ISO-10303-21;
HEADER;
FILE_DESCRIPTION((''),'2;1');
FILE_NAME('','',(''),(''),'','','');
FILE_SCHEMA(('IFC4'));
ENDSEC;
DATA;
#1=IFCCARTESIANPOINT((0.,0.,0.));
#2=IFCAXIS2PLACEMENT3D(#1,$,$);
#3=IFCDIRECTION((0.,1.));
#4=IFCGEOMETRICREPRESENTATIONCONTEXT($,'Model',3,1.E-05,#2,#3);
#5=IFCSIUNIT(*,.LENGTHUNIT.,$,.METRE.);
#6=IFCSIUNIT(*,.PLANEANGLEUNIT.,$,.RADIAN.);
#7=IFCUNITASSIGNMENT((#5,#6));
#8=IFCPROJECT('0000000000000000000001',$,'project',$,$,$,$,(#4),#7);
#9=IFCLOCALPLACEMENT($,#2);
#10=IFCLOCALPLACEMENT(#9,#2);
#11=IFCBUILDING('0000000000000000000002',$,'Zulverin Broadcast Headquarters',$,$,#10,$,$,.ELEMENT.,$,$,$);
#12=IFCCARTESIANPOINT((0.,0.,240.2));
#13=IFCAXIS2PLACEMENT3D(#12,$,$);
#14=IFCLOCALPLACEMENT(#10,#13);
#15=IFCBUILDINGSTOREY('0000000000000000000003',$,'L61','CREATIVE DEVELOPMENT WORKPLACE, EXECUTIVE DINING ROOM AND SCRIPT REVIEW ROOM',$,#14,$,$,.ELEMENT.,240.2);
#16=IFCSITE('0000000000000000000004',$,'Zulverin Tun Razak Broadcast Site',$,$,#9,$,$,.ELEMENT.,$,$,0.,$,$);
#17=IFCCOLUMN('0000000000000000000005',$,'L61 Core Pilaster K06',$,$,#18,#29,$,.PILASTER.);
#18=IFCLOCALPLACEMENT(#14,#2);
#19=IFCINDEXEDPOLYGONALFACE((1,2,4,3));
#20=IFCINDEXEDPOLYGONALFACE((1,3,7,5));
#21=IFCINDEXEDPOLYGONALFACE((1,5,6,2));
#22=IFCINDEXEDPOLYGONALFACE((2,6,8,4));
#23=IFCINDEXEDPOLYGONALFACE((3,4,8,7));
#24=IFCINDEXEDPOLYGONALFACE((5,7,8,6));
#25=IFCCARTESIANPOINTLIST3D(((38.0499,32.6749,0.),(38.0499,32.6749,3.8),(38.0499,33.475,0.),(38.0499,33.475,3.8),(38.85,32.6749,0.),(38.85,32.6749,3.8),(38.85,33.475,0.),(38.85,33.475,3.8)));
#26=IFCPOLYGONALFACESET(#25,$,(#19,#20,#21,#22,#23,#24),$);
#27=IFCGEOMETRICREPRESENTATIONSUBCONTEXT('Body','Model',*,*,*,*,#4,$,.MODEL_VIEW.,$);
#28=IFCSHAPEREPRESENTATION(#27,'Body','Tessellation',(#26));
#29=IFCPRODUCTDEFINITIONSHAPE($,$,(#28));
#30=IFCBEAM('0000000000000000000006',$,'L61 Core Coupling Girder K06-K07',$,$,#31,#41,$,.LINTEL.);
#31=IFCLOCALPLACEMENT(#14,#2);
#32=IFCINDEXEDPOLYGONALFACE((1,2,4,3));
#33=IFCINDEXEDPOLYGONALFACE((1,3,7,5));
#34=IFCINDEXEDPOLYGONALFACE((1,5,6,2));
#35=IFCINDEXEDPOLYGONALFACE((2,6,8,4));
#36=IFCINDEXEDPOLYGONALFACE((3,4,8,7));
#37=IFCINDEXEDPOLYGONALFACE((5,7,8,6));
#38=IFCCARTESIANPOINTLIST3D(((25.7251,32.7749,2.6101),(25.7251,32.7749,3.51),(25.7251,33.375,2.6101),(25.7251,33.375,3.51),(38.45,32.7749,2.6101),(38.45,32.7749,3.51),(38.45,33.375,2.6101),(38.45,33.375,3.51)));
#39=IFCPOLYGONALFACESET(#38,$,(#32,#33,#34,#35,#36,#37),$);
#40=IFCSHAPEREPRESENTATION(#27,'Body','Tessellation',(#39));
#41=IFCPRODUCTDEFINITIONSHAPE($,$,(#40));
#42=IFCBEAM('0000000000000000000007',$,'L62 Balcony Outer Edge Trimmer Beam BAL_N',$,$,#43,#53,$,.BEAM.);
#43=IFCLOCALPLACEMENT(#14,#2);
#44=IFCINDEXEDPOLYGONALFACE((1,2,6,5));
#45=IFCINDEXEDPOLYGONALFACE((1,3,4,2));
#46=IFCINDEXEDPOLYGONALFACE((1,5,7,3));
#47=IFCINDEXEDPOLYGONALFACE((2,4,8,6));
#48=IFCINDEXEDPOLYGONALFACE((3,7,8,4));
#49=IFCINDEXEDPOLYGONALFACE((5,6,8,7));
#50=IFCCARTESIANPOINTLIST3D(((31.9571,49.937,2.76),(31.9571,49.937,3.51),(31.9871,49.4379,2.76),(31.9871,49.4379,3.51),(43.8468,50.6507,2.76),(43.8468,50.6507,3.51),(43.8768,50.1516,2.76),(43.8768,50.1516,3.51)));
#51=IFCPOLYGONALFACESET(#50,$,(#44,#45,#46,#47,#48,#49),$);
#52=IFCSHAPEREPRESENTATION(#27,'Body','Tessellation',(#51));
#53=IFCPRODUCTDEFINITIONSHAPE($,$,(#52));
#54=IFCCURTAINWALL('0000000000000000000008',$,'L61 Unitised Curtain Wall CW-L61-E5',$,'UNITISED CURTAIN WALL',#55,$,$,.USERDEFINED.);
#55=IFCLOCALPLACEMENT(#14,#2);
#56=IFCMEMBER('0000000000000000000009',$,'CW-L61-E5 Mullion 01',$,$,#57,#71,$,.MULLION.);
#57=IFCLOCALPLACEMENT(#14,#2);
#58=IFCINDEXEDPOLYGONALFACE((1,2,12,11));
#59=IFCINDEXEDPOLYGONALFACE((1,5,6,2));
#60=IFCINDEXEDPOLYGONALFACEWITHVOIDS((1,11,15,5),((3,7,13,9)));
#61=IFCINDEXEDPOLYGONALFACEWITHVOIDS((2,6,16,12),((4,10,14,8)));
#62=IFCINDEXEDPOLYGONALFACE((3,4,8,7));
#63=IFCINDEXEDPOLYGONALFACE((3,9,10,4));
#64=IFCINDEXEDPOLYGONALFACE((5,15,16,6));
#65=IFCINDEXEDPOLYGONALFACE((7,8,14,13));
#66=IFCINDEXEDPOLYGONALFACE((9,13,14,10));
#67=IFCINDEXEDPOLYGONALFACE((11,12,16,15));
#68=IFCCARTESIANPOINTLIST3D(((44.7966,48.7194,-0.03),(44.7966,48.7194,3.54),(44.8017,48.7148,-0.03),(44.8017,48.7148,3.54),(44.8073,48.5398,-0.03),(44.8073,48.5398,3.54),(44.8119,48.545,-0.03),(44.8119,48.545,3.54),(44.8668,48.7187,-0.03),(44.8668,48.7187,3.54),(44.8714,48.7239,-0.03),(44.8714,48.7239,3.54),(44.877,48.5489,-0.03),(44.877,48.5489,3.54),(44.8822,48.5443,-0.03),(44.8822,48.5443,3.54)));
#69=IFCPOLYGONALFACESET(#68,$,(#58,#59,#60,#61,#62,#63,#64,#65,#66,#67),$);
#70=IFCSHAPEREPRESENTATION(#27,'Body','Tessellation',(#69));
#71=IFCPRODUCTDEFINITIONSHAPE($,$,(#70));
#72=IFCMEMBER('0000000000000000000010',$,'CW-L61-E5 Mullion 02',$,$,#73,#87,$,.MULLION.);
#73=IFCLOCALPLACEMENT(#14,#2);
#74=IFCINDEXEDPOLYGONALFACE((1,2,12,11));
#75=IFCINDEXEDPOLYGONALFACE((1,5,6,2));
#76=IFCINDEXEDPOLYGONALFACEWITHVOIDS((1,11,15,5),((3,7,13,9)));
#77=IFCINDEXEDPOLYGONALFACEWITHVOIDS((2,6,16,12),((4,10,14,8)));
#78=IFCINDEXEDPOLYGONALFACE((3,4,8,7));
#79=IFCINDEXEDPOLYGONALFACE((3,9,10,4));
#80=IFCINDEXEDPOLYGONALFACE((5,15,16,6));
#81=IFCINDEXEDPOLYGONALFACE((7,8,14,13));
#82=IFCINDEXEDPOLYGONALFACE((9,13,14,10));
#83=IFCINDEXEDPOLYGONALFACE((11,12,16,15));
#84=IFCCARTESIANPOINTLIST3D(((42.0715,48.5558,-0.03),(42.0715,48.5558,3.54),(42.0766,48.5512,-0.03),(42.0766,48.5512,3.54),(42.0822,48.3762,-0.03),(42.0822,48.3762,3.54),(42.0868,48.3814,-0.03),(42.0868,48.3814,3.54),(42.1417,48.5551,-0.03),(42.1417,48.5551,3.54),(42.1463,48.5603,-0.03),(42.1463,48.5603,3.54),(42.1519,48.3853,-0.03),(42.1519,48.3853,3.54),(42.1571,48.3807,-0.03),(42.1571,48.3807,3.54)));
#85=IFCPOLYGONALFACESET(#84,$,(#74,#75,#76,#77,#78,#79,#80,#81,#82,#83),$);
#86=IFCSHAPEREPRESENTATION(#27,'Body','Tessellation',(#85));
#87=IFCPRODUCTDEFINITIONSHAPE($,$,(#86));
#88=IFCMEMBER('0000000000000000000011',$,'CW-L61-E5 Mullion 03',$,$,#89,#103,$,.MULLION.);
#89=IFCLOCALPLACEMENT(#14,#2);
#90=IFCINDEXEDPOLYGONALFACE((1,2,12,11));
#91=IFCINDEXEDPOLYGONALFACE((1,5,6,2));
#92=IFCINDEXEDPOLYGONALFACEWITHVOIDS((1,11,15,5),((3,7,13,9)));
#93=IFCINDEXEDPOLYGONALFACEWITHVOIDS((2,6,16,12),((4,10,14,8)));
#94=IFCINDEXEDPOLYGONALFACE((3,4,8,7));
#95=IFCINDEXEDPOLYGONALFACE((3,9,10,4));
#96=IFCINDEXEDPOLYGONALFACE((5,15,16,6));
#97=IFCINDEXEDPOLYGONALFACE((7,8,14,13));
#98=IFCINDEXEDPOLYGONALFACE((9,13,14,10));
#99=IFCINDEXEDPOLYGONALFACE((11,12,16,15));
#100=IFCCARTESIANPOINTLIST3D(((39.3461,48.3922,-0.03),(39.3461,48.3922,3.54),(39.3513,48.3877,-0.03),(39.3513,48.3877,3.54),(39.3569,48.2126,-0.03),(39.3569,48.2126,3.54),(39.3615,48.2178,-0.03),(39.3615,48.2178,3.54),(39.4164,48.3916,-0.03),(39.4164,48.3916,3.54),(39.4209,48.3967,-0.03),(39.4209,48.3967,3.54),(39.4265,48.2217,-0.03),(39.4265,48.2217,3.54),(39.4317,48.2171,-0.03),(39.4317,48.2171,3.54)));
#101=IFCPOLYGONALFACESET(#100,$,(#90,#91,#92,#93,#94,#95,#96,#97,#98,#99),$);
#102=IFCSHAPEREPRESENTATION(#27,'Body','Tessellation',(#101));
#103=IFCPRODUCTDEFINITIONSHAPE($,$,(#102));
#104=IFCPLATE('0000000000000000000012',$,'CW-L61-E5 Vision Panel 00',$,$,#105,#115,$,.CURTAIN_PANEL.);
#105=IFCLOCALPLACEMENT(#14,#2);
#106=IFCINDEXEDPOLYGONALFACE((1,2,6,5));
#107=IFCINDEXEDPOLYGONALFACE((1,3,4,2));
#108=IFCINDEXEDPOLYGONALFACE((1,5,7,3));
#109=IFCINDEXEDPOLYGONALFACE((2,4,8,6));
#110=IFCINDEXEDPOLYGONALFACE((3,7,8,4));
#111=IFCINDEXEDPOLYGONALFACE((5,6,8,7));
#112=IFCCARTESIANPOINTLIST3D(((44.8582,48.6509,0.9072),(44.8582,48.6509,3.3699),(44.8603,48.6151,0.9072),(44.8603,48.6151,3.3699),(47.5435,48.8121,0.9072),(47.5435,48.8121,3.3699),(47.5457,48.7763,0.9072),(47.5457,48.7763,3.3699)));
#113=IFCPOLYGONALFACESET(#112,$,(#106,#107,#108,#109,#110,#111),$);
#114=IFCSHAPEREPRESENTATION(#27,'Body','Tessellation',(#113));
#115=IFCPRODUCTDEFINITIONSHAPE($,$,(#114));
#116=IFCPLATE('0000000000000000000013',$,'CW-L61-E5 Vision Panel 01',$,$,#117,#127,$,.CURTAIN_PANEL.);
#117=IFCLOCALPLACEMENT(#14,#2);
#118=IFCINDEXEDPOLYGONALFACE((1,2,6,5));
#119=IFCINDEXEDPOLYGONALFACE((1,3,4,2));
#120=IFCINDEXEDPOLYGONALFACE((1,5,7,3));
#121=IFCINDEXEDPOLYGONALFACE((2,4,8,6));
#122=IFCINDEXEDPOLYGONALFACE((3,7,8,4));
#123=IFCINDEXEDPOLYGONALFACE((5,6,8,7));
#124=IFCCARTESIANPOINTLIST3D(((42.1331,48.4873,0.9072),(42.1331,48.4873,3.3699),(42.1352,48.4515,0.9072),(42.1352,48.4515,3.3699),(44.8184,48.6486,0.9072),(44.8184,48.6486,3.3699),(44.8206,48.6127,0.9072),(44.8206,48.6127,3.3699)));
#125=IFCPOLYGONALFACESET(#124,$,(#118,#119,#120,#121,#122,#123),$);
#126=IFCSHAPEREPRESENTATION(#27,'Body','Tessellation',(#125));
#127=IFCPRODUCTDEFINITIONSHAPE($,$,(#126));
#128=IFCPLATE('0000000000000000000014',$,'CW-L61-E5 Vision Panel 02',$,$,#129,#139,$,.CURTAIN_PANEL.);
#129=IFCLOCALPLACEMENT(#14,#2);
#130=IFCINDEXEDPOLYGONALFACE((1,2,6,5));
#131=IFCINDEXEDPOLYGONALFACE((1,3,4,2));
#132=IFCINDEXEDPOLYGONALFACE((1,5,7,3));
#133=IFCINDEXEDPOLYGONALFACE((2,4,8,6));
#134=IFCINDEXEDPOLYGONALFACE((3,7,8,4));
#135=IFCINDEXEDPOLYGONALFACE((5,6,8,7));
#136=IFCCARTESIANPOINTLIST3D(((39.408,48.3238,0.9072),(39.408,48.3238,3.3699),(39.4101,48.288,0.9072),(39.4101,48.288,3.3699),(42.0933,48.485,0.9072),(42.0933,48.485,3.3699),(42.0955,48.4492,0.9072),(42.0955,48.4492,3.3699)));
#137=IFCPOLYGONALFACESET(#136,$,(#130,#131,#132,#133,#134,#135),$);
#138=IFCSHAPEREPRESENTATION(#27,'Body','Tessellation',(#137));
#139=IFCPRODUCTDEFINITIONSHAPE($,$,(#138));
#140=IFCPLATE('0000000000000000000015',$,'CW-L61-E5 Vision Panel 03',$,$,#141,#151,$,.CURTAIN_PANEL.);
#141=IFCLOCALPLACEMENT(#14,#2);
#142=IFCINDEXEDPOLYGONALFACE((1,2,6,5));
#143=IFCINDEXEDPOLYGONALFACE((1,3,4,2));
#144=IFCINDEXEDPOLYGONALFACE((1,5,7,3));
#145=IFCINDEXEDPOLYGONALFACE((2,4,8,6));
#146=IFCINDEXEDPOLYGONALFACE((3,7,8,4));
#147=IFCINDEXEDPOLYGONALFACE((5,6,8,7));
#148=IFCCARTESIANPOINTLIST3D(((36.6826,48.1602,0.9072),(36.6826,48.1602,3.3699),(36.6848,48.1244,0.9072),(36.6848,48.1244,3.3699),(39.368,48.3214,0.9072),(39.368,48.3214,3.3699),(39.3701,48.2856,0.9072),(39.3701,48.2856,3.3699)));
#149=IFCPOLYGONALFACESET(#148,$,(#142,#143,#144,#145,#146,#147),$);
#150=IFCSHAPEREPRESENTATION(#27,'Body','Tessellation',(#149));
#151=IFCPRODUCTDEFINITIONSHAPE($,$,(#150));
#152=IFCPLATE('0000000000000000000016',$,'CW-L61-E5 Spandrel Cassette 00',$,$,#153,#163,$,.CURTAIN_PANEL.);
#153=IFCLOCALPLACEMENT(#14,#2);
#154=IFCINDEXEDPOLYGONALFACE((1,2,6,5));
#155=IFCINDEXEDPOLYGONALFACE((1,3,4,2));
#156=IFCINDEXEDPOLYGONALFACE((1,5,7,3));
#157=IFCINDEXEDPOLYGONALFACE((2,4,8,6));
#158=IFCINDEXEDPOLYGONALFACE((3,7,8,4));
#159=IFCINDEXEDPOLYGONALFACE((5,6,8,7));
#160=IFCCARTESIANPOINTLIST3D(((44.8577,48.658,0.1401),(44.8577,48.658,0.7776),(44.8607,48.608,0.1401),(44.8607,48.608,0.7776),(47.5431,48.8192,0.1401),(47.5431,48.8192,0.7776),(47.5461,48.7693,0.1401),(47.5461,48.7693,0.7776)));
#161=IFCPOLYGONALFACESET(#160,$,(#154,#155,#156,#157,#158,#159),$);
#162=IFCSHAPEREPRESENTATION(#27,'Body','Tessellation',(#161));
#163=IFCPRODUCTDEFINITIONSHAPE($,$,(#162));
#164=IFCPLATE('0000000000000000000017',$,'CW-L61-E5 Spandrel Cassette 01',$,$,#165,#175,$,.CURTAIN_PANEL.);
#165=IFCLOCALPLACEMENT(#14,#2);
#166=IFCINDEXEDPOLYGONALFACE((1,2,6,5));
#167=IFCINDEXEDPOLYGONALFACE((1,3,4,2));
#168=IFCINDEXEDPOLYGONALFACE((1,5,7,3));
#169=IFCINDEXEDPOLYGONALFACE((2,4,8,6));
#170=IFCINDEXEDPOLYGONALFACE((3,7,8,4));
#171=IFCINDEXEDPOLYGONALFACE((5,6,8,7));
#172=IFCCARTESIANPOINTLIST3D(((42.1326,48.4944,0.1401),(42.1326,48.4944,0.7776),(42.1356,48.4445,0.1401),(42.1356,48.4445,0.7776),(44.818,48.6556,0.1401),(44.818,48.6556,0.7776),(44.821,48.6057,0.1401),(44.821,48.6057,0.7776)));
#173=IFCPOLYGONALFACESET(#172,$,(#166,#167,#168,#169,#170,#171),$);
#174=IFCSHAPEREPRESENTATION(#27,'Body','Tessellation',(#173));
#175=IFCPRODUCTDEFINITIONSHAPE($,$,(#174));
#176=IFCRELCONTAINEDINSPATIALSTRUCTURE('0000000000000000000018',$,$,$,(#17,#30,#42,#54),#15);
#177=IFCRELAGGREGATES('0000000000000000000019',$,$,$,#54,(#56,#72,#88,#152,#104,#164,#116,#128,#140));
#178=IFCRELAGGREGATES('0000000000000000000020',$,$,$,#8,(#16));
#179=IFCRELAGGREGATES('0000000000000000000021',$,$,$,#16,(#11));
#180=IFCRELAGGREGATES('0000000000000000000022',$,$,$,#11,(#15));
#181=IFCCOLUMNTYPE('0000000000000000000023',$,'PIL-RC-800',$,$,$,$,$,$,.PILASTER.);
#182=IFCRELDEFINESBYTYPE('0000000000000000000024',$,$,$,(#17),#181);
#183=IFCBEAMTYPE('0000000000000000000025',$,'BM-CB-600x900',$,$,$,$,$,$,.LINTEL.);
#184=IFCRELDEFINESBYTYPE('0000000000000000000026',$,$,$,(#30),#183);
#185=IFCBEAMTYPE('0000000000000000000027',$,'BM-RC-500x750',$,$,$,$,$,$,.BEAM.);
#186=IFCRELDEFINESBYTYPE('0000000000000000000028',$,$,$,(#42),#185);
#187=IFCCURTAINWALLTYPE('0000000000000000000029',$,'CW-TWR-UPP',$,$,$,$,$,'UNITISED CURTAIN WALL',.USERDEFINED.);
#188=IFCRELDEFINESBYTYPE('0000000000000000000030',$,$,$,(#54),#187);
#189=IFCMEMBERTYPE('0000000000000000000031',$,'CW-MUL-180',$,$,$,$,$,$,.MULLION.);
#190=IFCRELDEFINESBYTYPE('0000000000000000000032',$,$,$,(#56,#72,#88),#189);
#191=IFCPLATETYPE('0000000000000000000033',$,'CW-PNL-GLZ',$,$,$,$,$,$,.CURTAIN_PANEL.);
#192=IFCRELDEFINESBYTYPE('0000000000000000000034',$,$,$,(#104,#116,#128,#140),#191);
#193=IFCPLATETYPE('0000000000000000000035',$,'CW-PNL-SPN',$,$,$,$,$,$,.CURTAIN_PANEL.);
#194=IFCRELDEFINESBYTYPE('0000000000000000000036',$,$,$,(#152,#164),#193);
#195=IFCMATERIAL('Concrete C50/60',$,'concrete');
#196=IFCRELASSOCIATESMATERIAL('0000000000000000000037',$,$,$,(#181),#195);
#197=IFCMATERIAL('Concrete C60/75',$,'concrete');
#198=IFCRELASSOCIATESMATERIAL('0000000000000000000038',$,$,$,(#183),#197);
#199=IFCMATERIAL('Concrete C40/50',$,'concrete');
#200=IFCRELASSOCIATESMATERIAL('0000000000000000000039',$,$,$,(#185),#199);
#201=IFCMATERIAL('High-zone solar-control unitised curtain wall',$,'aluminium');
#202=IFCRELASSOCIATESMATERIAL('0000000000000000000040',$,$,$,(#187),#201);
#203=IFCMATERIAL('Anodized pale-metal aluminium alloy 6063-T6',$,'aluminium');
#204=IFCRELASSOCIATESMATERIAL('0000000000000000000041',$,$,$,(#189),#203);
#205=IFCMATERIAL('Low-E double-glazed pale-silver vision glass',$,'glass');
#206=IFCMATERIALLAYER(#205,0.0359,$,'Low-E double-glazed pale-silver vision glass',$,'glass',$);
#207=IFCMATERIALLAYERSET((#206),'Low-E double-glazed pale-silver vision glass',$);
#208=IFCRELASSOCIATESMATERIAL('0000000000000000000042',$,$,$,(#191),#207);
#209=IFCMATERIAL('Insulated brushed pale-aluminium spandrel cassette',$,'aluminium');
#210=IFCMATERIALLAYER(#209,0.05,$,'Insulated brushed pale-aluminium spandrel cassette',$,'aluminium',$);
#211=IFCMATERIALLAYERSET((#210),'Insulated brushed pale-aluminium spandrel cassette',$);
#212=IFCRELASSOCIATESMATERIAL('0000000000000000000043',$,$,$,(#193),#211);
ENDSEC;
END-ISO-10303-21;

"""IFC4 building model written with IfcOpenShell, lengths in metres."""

from ifc_helpers import new_model, si_unit, direction, frame, origin, origin_2d, place, context, subcontext, project, spatial, rectangle, hollow_rectangle, extrude, material, layer, layer_set, material_profile, profile_set, type_object, element, aggregate, save


model = new_model("IFC4")

# Units and contexts
model_context = context("Model", 3, precision=1e-05, world=origin(), true_north=direction((0.0, 1.0)))
body_context = subcontext(model_context, "Body", "Model", "MODEL_VIEW")
ifc_project = project(units=[si_unit("LENGTHUNIT", "METRE"), si_unit("PLANEANGLEUNIT", "RADIAN")], contexts=[model_context])

# Site, building, storey
site_placement = place(None, origin())
site = spatial("IfcSite", under=ifc_project, at=site_placement, Name="Zulverin Tun Razak Broadcast Site", CompositionType="ELEMENT", RefElevation=0.0)
building_placement = place(site_placement, origin())
building = spatial("IfcBuilding", under=site, at=building_placement, Name="Zulverin Broadcast Headquarters", CompositionType="ELEMENT")
storey_placement = place(building_placement, frame((0.0, 0.0, 240.2)))
storey = spatial("IfcBuildingStorey", under=building, at=storey_placement, Name="L61", Description="CREATIVE DEVELOPMENT WORKPLACE, EXECUTIVE DINING ROOM AND SCRIPT REVIEW ROOM", CompositionType="ELEMENT", Elevation=240.2)

# Column
ifc_material_1 = material(Name="Concrete C50/60", Category="concrete")
ifc_material_profile_1 = material_profile(ifc_material_1, rectangle(XDim=0.8, YDim=0.8, at=origin_2d()), Name="Concrete C50/60", Category="concrete")
ifc_profile_set_1 = profile_set([ifc_material_profile_1], Name="Concrete C50/60")
column_type = type_object("IfcColumnType", Name="PIL-RC-800", PredefinedType="PILASTER", material=ifc_profile_set_1)
column_placement = place(storey_placement, frame((38.45, 33.075, 0.0), z_axis=(0.0, 0.0, 1.0), x_axis=(1.0, 0.0, 0.0)))
element("IfcColumn", 1, at=column_placement, inside=storey, type_object=column_type, Name="L61 Core Pilaster K06", PredefinedType="PILASTER", context=body_context, shape_type="SweptSolid", body=[
    extrude(rectangle(XDim=0.8, YDim=0.8, at=origin_2d()), origin(), (0.0, 0.0, 1.0), 3.8),
])

# Beams
ifc_material_2 = material(Name="Concrete C60/75", Category="concrete")
ifc_material_profile_2 = material_profile(ifc_material_2, rectangle(XDim=0.6001, YDim=0.8999, at=origin_2d()), Name="Concrete C60/75", Category="concrete")
ifc_profile_set_2 = profile_set([ifc_material_profile_2], Name="Concrete C60/75")
beam_type_1 = type_object("IfcBeamType", Name="BM-CB-600x900", PredefinedType="LINTEL", material=ifc_profile_set_2)
beam_1_placement = place(storey_placement, frame((38.45, 33.075, 3.0601), z_axis=(-1.0, 0.0, 0.0), x_axis=(0.0, -1.0, 0.0)))
element("IfcBeam", 2, at=beam_1_placement, inside=storey, type_object=beam_type_1, Name="L61 Core Coupling Girder K06-K07", PredefinedType="LINTEL", context=body_context, shape_type="SweptSolid", body=[
    extrude(rectangle(XDim=0.6001, YDim=0.8999, at=origin_2d()), origin(), (0.0, 0.0, 1.0), 12.7249),
])
ifc_material_3 = material(Name="Concrete C40/50", Category="concrete")
ifc_material_profile_3 = material_profile(ifc_material_3, rectangle(XDim=0.5, YDim=0.75, at=origin_2d()), Name="Concrete C40/50", Category="concrete")
ifc_profile_set_3 = profile_set([ifc_material_profile_3], Name="Concrete C40/50")
beam_type_2 = type_object("IfcBeamType", Name="BM-RC-500x750", PredefinedType="BEAM", material=ifc_profile_set_3)
beam_2_placement = place(storey_placement, frame((43.8618, 50.4011, 3.135), z_axis=(-0.998204, -0.059913, 0.0), x_axis=(0.059913, -0.998204, 0.0)))
element("IfcBeam", 3, at=beam_2_placement, inside=storey, type_object=beam_type_2, Name="L62 Balcony Outer Edge Trimmer Beam BAL_N", PredefinedType="BEAM", context=body_context, shape_type="SweptSolid", body=[
    extrude(rectangle(XDim=0.5, YDim=0.75, at=origin_2d()), origin(), (0.0, 0.0, 1.0), 11.9111),
])

# Curtain wall, members, plates
ifc_material_4 = material(Name="High-zone solar-control unitised curtain wall", Category="aluminium")
curtain_wall_type = type_object("IfcCurtainWallType", Name="CW-TWR-UPP", ElementType="UNITISED CURTAIN WALL", PredefinedType="USERDEFINED", material=ifc_material_4)
curtain_wall_placement = place(storey_placement, origin())
curtain_wall = element("IfcCurtainWall", 4, at=curtain_wall_placement, inside=storey, type_object=curtain_wall_type, Name="L61 Unitised Curtain Wall CW-L61-E5", ObjectType="UNITISED CURTAIN WALL", PredefinedType="USERDEFINED")
ifc_material_5 = material(Name="Anodized pale-metal aluminium alloy 6063-T6", Category="aluminium")
ifc_material_profile_4 = material_profile(ifc_material_5, hollow_rectangle(XDim=0.075, YDim=0.1799, WallThickness=0.0049, at=origin_2d()), Name="Anodized pale-metal aluminium alloy 6063-T6", Category="aluminium")
ifc_profile_set_4 = profile_set([ifc_material_profile_4], Name="Anodized pale-metal aluminium alloy 6063-T6")
member_type = type_object("IfcMemberType", Name="CW-MUL-180", PredefinedType="MULLION", material=ifc_profile_set_4)
member_1_placement = place(storey_placement, frame((44.8394, 48.6318, -0.03), z_axis=(0.0, 0.0, 1.0), x_axis=(-0.998203, -0.05993, 0.0)))
member_1 = element("IfcMember", 5, at=member_1_placement, type_object=member_type, Name="CW-L61-E5 Mullion 01", PredefinedType="MULLION", context=body_context, shape_type="SweptSolid", body=[
    extrude(hollow_rectangle(XDim=0.075, YDim=0.1799, WallThickness=0.0049, at=origin_2d()), origin(), (0.0, 0.0, 1.0), 3.5701),
])
member_2_placement = place(storey_placement, frame((42.1143, 48.4683, -0.03), z_axis=(0.0, 0.0, 1.0), x_axis=(-0.998203, -0.05993, 0.0)))
member_2 = element("IfcMember", 6, at=member_2_placement, type_object=member_type, Name="CW-L61-E5 Mullion 02", PredefinedType="MULLION", context=body_context, shape_type="SweptSolid", body=[
    extrude(hollow_rectangle(XDim=0.075, YDim=0.1799, WallThickness=0.0049, at=origin_2d()), origin(), (0.0, 0.0, 1.0), 3.5701),
])
member_3_placement = place(storey_placement, frame((39.3889, 48.3047, -0.03), z_axis=(0.0, 0.0, 1.0), x_axis=(-0.998203, -0.05993, 0.0)))
member_3 = element("IfcMember", 7, at=member_3_placement, type_object=member_type, Name="CW-L61-E5 Mullion 03", PredefinedType="MULLION", context=body_context, shape_type="SweptSolid", body=[
    extrude(hollow_rectangle(XDim=0.075, YDim=0.1799, WallThickness=0.0049, at=origin_2d()), origin(), (0.0, 0.0, 1.0), 3.5701),
])
ifc_material_6 = material(Name="Low-E double-glazed pale-silver vision glass", Category="glass")
ifc_layer_1 = layer(ifc_material_6, 0.0359, Name="Low-E double-glazed pale-silver vision glass", Category="glass")
ifc_layer_set_1 = layer_set([ifc_layer_1], Name="Low-E double-glazed pale-silver vision glass")
plate_type_1 = type_object("IfcPlateType", Name="CW-PNL-GLZ", PredefinedType="CURTAIN_PANEL", material=ifc_layer_set_1)
plate_1_placement = place(storey_placement, frame((46.2019, 48.7136, 0.9072), z_axis=(0.0, 0.0, 1.0), x_axis=(-0.998203, -0.05993, 0.0)))
plate_1 = element("IfcPlate", 8, at=plate_1_placement, type_object=plate_type_1, Name="CW-L61-E5 Vision Panel 00", PredefinedType="CURTAIN_PANEL", context=body_context, shape_type="SweptSolid", body=[
    extrude(rectangle(XDim=2.6902, YDim=0.0359, at=origin_2d()), origin(), (0.0, 0.0, 1.0), 2.4626),
])
plate_2_placement = place(storey_placement, frame((43.4768, 48.55, 0.9072), z_axis=(0.0, 0.0, 1.0), x_axis=(-0.998203, -0.05993, 0.0)))
plate_2 = element("IfcPlate", 9, at=plate_2_placement, type_object=plate_type_1, Name="CW-L61-E5 Vision Panel 01", PredefinedType="CURTAIN_PANEL", context=body_context, shape_type="SweptSolid", body=[
    extrude(rectangle(XDim=2.6902, YDim=0.0359, at=origin_2d()), origin(), (0.0, 0.0, 1.0), 2.4626),
])
plate_3_placement = place(storey_placement, frame((40.7517, 48.3865, 0.9072), z_axis=(0.0, 0.0, 1.0), x_axis=(-0.998203, -0.05993, 0.0)))
plate_3 = element("IfcPlate", 10, at=plate_3_placement, type_object=plate_type_1, Name="CW-L61-E5 Vision Panel 02", PredefinedType="CURTAIN_PANEL", context=body_context, shape_type="SweptSolid", body=[
    extrude(rectangle(XDim=2.6902, YDim=0.0359, at=origin_2d()), origin(), (0.0, 0.0, 1.0), 2.4626),
])
plate_4_placement = place(storey_placement, frame((38.0264, 48.2229, 0.9072), z_axis=(0.0, 0.0, 1.0), x_axis=(-0.998203, -0.05993, 0.0)))
plate_4 = element("IfcPlate", 11, at=plate_4_placement, type_object=plate_type_1, Name="CW-L61-E5 Vision Panel 03", PredefinedType="CURTAIN_PANEL", context=body_context, shape_type="SweptSolid", body=[
    extrude(rectangle(XDim=2.6902, YDim=0.0359, at=origin_2d()), origin(), (0.0, 0.0, 1.0), 2.4626),
])
ifc_material_7 = material(Name="Insulated brushed pale-aluminium spandrel cassette", Category="aluminium")
ifc_layer_2 = layer(ifc_material_7, 0.05, Name="Insulated brushed pale-aluminium spandrel cassette", Category="aluminium")
ifc_layer_set_2 = layer_set([ifc_layer_2], Name="Insulated brushed pale-aluminium spandrel cassette")
plate_type_2 = type_object("IfcPlateType", Name="CW-PNL-SPN", PredefinedType="CURTAIN_PANEL", material=ifc_layer_set_2)
plate_5_placement = place(storey_placement, frame((46.2019, 48.7136, 0.1401), z_axis=(0.0, 0.0, 1.0), x_axis=(-0.998203, -0.05993, 0.0)))
plate_5 = element("IfcPlate", 12, at=plate_5_placement, type_object=plate_type_2, Name="CW-L61-E5 Spandrel Cassette 00", PredefinedType="CURTAIN_PANEL", context=body_context, shape_type="SweptSolid", body=[
    extrude(rectangle(XDim=2.6902, YDim=0.05, at=origin_2d()), origin(), (0.0, 0.0, 1.0), 0.6375),
])
plate_6_placement = place(storey_placement, frame((43.4768, 48.55, 0.1401), z_axis=(0.0, 0.0, 1.0), x_axis=(-0.998203, -0.05993, 0.0)))
plate_6 = element("IfcPlate", 13, at=plate_6_placement, type_object=plate_type_2, Name="CW-L61-E5 Spandrel Cassette 01", PredefinedType="CURTAIN_PANEL", context=body_context, shape_type="SweptSolid", body=[
    extrude(rectangle(XDim=2.6902, YDim=0.05, at=origin_2d()), origin(), (0.0, 0.0, 1.0), 0.6375),
])
aggregate(curtain_wall, [member_1, member_2, member_3, plate_5, plate_1, plate_6, plate_2, plate_3, plate_4])

save(model, "model.ifc")
